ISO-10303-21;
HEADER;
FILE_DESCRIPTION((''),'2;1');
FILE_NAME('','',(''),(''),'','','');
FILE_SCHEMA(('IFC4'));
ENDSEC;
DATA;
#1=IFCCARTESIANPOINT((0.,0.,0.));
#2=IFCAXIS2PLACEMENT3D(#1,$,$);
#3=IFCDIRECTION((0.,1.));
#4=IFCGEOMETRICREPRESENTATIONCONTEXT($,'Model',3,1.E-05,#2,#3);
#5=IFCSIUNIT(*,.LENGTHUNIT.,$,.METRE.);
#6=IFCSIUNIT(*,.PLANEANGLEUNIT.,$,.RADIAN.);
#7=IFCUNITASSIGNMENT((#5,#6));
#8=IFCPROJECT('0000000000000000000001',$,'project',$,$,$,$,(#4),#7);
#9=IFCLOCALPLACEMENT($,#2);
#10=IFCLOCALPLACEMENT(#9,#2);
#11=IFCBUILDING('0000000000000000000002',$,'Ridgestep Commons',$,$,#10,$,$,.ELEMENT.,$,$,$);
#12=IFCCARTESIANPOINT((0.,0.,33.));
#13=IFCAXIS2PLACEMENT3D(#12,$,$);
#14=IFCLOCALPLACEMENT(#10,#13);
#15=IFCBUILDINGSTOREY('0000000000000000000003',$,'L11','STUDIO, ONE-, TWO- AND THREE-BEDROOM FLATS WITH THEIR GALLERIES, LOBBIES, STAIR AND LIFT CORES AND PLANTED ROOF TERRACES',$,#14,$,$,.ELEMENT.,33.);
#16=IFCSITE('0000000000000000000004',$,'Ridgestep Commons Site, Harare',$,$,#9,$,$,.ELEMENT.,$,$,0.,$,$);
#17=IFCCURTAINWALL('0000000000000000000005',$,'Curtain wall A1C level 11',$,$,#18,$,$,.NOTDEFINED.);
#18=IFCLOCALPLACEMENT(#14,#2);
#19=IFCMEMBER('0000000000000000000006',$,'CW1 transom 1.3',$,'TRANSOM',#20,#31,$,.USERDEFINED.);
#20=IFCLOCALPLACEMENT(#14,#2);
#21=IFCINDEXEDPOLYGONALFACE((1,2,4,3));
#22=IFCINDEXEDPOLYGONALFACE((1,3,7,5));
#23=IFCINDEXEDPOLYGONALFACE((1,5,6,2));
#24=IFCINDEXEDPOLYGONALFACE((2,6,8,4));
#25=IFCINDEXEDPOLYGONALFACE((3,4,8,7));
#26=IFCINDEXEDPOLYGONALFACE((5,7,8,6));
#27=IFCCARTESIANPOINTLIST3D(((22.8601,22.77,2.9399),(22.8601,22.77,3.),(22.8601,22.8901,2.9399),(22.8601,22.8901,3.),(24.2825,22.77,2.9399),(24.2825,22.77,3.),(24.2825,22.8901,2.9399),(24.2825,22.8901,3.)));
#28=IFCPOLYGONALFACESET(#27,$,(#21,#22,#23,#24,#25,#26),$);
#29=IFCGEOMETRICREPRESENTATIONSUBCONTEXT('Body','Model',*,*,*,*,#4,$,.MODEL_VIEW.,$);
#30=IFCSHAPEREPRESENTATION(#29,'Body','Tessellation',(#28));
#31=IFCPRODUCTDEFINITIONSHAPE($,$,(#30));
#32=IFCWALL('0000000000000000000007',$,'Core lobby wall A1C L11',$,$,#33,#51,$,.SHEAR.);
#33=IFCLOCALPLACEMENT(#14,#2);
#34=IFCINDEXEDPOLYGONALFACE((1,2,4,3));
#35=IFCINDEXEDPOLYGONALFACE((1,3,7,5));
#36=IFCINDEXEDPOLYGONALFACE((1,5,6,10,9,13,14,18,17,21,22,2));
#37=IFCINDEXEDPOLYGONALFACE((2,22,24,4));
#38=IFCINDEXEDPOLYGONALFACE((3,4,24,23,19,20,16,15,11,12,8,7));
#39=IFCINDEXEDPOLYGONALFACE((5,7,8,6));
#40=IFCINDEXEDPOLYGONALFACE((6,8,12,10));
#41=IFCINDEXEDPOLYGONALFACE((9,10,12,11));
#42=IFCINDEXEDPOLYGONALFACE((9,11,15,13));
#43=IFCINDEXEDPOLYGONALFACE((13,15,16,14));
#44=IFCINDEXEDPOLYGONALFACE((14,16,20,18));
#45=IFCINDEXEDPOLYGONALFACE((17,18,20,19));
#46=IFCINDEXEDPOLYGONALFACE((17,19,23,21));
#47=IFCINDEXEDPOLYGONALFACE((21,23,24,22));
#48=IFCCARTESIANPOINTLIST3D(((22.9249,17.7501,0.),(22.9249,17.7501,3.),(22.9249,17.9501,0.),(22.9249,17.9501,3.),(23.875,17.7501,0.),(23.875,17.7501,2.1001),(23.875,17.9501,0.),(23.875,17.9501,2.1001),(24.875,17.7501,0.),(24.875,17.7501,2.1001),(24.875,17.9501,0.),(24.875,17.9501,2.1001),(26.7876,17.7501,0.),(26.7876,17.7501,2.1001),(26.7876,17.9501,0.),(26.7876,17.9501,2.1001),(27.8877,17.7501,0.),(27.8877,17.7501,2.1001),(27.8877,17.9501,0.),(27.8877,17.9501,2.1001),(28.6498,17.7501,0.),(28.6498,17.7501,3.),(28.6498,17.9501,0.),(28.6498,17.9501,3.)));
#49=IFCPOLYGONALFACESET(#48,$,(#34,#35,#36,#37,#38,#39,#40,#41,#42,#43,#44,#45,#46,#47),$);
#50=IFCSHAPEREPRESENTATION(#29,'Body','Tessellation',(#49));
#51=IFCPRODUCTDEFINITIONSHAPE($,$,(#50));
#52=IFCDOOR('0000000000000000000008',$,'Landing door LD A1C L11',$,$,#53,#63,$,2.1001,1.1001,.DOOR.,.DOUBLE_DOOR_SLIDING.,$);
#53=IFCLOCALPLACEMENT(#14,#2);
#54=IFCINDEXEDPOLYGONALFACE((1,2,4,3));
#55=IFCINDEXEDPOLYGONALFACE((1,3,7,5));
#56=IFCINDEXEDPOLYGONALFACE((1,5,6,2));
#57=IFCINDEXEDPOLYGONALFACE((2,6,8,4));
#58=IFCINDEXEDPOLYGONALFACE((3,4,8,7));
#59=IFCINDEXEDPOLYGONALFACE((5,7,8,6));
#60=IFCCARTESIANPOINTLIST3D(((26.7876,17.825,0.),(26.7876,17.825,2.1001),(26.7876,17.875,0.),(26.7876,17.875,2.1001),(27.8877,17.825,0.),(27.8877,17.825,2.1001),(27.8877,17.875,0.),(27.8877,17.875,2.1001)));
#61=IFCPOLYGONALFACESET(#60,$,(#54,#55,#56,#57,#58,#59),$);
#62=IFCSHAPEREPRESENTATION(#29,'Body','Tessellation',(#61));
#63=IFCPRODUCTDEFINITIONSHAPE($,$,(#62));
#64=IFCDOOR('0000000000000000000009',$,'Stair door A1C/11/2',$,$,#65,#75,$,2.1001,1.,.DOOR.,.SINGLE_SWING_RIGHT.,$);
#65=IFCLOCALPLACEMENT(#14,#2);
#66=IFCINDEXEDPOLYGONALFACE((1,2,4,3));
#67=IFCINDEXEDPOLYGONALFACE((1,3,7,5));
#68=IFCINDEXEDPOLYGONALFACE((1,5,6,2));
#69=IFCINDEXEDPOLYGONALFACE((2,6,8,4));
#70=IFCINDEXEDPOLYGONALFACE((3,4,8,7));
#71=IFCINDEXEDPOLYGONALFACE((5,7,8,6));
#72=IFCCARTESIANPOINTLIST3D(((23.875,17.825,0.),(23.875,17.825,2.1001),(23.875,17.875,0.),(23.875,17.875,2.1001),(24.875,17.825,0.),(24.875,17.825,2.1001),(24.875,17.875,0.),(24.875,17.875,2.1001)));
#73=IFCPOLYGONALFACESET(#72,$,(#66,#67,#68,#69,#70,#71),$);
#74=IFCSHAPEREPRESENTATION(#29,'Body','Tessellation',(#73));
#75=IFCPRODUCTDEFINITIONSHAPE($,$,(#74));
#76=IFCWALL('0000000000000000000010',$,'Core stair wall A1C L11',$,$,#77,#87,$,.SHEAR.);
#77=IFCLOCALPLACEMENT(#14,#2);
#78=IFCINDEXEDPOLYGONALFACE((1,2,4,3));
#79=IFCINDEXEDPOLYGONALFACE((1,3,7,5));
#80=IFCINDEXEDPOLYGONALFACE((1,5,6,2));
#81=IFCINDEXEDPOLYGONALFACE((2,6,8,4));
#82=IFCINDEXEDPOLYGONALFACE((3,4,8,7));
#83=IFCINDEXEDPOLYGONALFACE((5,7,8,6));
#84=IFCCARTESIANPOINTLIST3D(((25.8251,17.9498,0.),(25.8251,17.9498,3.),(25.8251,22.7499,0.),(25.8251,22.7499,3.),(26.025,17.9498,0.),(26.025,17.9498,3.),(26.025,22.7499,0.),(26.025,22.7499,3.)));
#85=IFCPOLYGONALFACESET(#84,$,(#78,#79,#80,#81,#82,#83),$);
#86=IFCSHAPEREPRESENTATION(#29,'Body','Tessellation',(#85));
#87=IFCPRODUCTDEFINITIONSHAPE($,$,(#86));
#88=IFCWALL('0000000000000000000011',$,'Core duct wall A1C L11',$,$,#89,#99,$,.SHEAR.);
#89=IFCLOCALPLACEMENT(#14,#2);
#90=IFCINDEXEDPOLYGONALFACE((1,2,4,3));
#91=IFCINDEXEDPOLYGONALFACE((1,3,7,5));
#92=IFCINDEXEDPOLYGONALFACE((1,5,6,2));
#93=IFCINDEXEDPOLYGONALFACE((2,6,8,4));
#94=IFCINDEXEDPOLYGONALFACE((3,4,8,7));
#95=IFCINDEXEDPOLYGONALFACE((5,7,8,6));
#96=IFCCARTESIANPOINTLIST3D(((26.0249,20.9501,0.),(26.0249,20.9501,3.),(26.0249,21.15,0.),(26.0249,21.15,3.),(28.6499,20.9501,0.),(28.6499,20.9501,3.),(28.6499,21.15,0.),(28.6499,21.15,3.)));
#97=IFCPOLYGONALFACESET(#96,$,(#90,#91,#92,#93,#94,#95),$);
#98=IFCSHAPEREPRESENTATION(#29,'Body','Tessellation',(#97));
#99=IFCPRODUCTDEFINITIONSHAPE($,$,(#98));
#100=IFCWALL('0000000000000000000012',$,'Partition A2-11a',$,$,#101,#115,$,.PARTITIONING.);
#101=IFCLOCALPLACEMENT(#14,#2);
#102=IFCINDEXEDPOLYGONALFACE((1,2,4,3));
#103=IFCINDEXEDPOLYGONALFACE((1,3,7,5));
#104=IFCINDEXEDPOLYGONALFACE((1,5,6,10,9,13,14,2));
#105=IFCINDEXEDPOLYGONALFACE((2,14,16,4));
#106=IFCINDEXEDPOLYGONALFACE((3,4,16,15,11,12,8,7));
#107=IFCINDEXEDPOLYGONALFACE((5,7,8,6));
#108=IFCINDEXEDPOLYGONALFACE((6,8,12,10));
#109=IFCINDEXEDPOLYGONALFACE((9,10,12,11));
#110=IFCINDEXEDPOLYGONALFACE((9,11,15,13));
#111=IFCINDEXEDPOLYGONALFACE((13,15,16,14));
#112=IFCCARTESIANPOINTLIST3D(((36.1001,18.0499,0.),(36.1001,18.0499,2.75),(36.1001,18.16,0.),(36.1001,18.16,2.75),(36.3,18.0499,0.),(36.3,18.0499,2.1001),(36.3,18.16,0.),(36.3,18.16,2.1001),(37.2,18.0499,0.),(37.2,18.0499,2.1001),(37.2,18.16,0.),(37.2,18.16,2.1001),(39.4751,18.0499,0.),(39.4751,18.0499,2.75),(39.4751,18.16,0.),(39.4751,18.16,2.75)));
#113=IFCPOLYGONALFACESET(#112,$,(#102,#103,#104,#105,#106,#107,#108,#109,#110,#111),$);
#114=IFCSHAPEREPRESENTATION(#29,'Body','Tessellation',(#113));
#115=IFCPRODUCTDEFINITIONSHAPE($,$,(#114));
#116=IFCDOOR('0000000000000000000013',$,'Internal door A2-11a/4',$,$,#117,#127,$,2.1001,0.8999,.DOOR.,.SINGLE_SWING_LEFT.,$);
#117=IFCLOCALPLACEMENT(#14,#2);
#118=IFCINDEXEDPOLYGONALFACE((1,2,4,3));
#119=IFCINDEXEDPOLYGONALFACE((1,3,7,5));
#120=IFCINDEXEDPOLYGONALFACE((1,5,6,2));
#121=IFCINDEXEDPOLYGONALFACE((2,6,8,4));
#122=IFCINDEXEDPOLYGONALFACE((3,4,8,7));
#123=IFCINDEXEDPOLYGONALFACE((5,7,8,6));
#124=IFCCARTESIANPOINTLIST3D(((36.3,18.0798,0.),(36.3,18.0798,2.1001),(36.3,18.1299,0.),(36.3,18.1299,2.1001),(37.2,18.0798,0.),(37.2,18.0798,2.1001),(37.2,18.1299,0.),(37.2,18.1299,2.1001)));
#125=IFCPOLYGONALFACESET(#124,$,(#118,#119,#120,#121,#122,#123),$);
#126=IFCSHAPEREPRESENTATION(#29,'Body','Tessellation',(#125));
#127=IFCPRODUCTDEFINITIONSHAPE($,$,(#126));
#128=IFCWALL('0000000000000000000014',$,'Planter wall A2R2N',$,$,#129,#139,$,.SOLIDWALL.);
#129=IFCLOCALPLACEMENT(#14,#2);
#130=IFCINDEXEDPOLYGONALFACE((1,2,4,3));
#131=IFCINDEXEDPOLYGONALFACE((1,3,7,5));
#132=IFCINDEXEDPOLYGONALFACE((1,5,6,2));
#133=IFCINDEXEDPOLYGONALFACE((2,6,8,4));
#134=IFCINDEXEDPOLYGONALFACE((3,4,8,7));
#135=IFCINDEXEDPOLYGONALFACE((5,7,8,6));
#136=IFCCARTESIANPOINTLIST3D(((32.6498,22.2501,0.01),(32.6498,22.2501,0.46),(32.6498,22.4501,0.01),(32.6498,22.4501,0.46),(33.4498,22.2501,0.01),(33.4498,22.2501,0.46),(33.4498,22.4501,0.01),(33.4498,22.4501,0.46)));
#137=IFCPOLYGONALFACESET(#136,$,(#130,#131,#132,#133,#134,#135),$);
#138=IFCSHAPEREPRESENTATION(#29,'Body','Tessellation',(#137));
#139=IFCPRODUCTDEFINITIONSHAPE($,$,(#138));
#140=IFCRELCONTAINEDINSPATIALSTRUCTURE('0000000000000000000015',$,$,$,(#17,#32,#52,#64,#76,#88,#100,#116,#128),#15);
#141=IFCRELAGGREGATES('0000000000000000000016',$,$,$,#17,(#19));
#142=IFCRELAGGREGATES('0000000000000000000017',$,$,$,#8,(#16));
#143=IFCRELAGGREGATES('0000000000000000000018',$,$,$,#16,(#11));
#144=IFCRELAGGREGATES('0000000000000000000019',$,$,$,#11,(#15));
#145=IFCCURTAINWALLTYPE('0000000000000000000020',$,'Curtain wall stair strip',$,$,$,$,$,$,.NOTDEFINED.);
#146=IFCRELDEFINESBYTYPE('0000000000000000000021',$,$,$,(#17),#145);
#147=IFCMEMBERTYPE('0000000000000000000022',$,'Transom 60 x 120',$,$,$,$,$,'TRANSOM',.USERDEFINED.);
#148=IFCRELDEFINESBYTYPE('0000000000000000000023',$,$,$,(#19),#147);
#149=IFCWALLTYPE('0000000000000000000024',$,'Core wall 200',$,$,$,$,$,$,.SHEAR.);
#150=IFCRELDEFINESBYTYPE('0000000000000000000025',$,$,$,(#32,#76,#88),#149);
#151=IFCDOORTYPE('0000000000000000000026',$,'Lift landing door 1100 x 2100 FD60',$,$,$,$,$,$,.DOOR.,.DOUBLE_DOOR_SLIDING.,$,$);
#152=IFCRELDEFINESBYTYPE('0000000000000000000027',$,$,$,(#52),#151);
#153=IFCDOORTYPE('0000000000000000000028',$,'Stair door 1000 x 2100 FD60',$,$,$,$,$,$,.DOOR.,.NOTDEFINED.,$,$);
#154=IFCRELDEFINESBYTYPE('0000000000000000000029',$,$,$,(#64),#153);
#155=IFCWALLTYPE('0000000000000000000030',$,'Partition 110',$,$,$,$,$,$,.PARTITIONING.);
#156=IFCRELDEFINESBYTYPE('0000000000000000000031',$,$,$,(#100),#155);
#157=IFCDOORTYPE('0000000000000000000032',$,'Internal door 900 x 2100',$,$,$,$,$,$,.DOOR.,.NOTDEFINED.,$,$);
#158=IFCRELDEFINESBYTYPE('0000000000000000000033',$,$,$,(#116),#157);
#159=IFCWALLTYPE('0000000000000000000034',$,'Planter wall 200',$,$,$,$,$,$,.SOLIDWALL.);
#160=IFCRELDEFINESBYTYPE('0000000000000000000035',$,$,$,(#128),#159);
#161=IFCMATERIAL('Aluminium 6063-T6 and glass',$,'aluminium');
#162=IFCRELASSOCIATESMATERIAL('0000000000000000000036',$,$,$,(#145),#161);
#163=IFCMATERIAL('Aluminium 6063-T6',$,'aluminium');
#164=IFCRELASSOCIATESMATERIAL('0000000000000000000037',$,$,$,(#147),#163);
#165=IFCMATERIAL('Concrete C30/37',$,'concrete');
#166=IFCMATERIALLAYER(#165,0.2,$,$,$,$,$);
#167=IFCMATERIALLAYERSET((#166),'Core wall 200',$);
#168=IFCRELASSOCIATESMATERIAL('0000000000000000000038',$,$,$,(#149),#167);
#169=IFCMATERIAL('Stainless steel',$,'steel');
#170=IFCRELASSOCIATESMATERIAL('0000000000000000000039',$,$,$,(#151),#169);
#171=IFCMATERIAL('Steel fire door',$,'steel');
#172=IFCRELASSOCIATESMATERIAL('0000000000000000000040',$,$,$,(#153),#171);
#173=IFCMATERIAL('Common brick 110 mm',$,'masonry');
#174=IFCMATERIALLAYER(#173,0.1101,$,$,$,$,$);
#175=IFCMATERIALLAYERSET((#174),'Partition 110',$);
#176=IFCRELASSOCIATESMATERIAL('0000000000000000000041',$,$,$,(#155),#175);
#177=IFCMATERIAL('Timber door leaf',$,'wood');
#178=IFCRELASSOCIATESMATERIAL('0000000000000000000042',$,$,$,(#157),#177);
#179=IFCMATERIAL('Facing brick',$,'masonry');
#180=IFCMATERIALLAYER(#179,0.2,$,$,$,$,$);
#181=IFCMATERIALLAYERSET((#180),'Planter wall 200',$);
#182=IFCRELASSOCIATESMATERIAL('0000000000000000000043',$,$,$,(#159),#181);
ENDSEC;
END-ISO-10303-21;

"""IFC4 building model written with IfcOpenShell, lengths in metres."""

from ifc_helpers import new_model, si_unit, direction, frame, frame_2d, origin, origin_2d, place, context, subcontext, project, spatial, rectangle, extrude, material, layer, layer_set, material_profile, profile_set, type_object, element, fill, aggregate, save


model = new_model("IFC4")

# Units and contexts
model_context = context("Model", 3, precision=1e-05, world=origin(), true_north=direction((0.0, 1.0)))
body_context = subcontext(model_context, "Body", "Model", "MODEL_VIEW")
ifc_project = project(units=[si_unit("LENGTHUNIT", "METRE"), si_unit("PLANEANGLEUNIT", "RADIAN")], contexts=[model_context])

# Site, building, storey
site_placement = place(None, origin())
site = spatial("IfcSite", under=ifc_project, at=site_placement, Name="Ridgestep Commons Site, Harare", CompositionType="ELEMENT", RefElevation=0.0)
building_placement = place(site_placement, origin())
building = spatial("IfcBuilding", under=site, at=building_placement, Name="Ridgestep Commons", CompositionType="ELEMENT")
storey_placement = place(building_placement, frame((0.0, 0.0, 33.0)))
storey = spatial("IfcBuildingStorey", under=building, at=storey_placement, Name="L11", Description="STUDIO, ONE-, TWO- AND THREE-BEDROOM FLATS WITH THEIR GALLERIES, LOBBIES, STAIR AND LIFT CORES AND PLANTED ROOF TERRACES", CompositionType="ELEMENT", Elevation=33.0)

# Curtain wall, member
ifc_material_1 = material(Name="Aluminium 6063-T6 and glass", Category="aluminium")
curtain_wall_type = type_object("IfcCurtainWallType", Name="Curtain wall stair strip", PredefinedType="NOTDEFINED", material=ifc_material_1)
curtain_wall_placement = place(storey_placement, origin())
curtain_wall = element("IfcCurtainWall", 1, at=curtain_wall_placement, inside=storey, type_object=curtain_wall_type, Name="Curtain wall A1C level 11", PredefinedType="NOTDEFINED")
ifc_material_2 = material(Name="Aluminium 6063-T6", Category="aluminium")
ifc_material_profile = material_profile(ifc_material_2, rectangle(XDim=0.1201, YDim=0.0601, at=origin_2d()), Name="Transom 60 x 120")
ifc_profile_set = profile_set([ifc_material_profile], Name="Aluminium 6063-T6")
member_type = type_object("IfcMemberType", Name="Transom 60 x 120", ElementType="TRANSOM", PredefinedType="USERDEFINED", material=ifc_profile_set)
member_placement = place(storey_placement, frame((22.8601, 22.8301, 2.97), z_axis=(1.0, 0.0, 0.0), x_axis=(0.0, 1.0, 0.0)))
member = element("IfcMember", 2, at=member_placement, type_object=member_type, Name="CW1 transom 1.3", ObjectType="TRANSOM", PredefinedType="USERDEFINED", context=body_context, shape_type="SweptSolid", body=[
    extrude(rectangle(XDim=0.1201, YDim=0.0601, at=origin_2d()), origin(), (0.0, 0.0, 1.0), 1.4224),
])
aggregate(curtain_wall, [member])

# Wall, openings, doors
ifc_material_3 = material(Name="Concrete C30/37", Category="concrete")
ifc_layer_1 = layer(ifc_material_3, 0.2)
ifc_layer_set_1 = layer_set([ifc_layer_1], Name="Core wall 200")
wall_type_1 = type_object("IfcWallType", Name="Core wall 200", PredefinedType="SHEAR", material=ifc_layer_set_1)
wall_1_placement = place(storey_placement, frame((22.925, 17.8501, 0.0), z_axis=(0.0, 0.0, 1.0), x_axis=(1.0, 0.0, 0.0)))
wall_1 = element("IfcWall", 3, at=wall_1_placement, inside=storey, type_object=wall_type_1, Name="Core lobby wall A1C L11", PredefinedType="SHEAR", context=body_context, shape_type="SweptSolid", body=[
    extrude(rectangle(XDim=5.7249, YDim=0.2, at=frame_2d((2.8623, 0.0))), origin(), (0.0, 0.0, 1.0), 3.0),
])
opening_1_placement = place(wall_1_placement, frame((0.95, 0.0, 0.0)))
opening_1 = element("IfcOpeningElement", 4, at=opening_1_placement, cuts=wall_1, PredefinedType="OPENING", context=body_context, shape_type="SweptSolid", body=[
    extrude(rectangle(XDim=1.0, YDim=2.1001, at=frame_2d((0.5, 1.05))), frame((0.0, 0.1099, 0.0), z_axis=(0.0, -1.0, 0.0), x_axis=(1.0, 0.0, 0.0)), (0.0, 0.0, 1.0), 0.22),
])
opening_2_placement = place(wall_1_placement, frame((3.8625, 0.0, 0.0)))
opening_2 = element("IfcOpeningElement", 5, at=opening_2_placement, cuts=wall_1, PredefinedType="OPENING", context=body_context, shape_type="SweptSolid", body=[
    extrude(rectangle(XDim=1.1001, YDim=2.1001, at=frame_2d((0.55, 1.05))), frame((0.0, 0.1099, 0.0), z_axis=(0.0, -1.0, 0.0), x_axis=(1.0, 0.0, 0.0)), (0.0, 0.0, 1.0), 0.22),
])
ifc_material_4 = material(Name="Stainless steel", Category="steel")
door_type_1 = type_object("IfcDoorType", Name="Lift landing door 1100 x 2100 FD60", OperationType="DOUBLE_DOOR_SLIDING", PredefinedType="DOOR", material=ifc_material_4)
door_1_placement = place(opening_2_placement, origin())
door_1 = element("IfcDoor", 6, at=door_1_placement, inside=storey, type_object=door_type_1, Name="Landing door LD A1C L11", OperationType="DOUBLE_DOOR_SLIDING", OverallHeight=2.1001, OverallWidth=1.1001, PredefinedType="DOOR", context=body_context, shape_type="SweptSolid", body=[
    extrude(rectangle(XDim=1.1001, YDim=2.1001, at=frame_2d((0.55, 1.05))), frame((0.0, 0.0249, 0.0), z_axis=(0.0, -1.0, 0.0), x_axis=(1.0, 0.0, 0.0)), (0.0, 0.0, 1.0), 0.05),
])
fill(opening_2, door_1)
ifc_material_5 = material(Name="Steel fire door", Category="steel")
door_type_2 = type_object("IfcDoorType", Name="Stair door 1000 x 2100 FD60", OperationType="NOTDEFINED", PredefinedType="DOOR", material=ifc_material_5)
door_2_placement = place(opening_1_placement, origin())
door_2 = element("IfcDoor", 7, at=door_2_placement, inside=storey, type_object=door_type_2, Name="Stair door A1C/11/2", OperationType="SINGLE_SWING_RIGHT", OverallHeight=2.1001, OverallWidth=1.0, PredefinedType="DOOR", context=body_context, shape_type="SweptSolid", body=[
    extrude(rectangle(XDim=1.0, YDim=2.1001, at=frame_2d((0.5, 1.05))), frame((0.0, 0.0249, 0.0), z_axis=(0.0, -1.0, 0.0), x_axis=(1.0, 0.0, 0.0)), (0.0, 0.0, 1.0), 0.05),
])
fill(opening_1, door_2)

# Walls
wall_2_placement = place(storey_placement, frame((25.925, 17.95, 0.0), z_axis=(0.0, 0.0, 1.0), x_axis=(0.0, 1.0, 0.0)))
element("IfcWall", 8, at=wall_2_placement, inside=storey, type_object=wall_type_1, Name="Core stair wall A1C L11", PredefinedType="SHEAR", context=body_context, shape_type="SweptSolid", body=[
    extrude(rectangle(XDim=4.8, YDim=0.2, at=frame_2d((2.3999, 0.0))), origin(), (0.0, 0.0, 1.0), 3.0),
])
wall_3_placement = place(storey_placement, frame((26.0249, 21.05, 0.0), z_axis=(0.0, 0.0, 1.0), x_axis=(1.0, 0.0, 0.0)))
element("IfcWall", 9, at=wall_3_placement, inside=storey, type_object=wall_type_1, Name="Core duct wall A1C L11", PredefinedType="SHEAR", context=body_context, shape_type="SweptSolid", body=[
    extrude(rectangle(XDim=2.625, YDim=0.2, at=frame_2d((1.3125, 0.0))), origin(), (0.0, 0.0, 1.0), 3.0),
])

# Wall, opening, door
ifc_material_6 = material(Name="Common brick 110 mm", Category="masonry")
ifc_layer_2 = layer(ifc_material_6, 0.1101)
ifc_layer_set_2 = layer_set([ifc_layer_2], Name="Partition 110")
wall_type_2 = type_object("IfcWallType", Name="Partition 110", PredefinedType="PARTITIONING", material=ifc_layer_set_2)
wall_4_placement = place(storey_placement, frame((36.1001, 18.105, 0.0), z_axis=(0.0, 0.0, 1.0), x_axis=(1.0, 0.0, 0.0)))
wall_4 = element("IfcWall", 10, at=wall_4_placement, inside=storey, type_object=wall_type_2, Name="Partition A2-11a", PredefinedType="PARTITIONING", context=body_context, shape_type="SweptSolid", body=[
    extrude(rectangle(XDim=3.375, YDim=0.1101, at=frame_2d((1.6875, 0.0))), origin(), (0.0, 0.0, 1.0), 2.75),
])
opening_3_placement = place(wall_4_placement, frame((0.2, 0.0, 0.0)))
opening_3 = element("IfcOpeningElement", 11, at=opening_3_placement, cuts=wall_4, PredefinedType="OPENING", context=body_context, shape_type="SweptSolid", body=[
    extrude(rectangle(XDim=0.8999, YDim=2.1001, at=frame_2d((0.45, 1.05))), frame((0.0, 0.0649, 0.0), z_axis=(0.0, -1.0, 0.0), x_axis=(1.0, 0.0, 0.0)), (0.0, 0.0, 1.0), 0.1301),
])
ifc_material_7 = material(Name="Timber door leaf", Category="wood")
door_type_3 = type_object("IfcDoorType", Name="Internal door 900 x 2100", OperationType="NOTDEFINED", PredefinedType="DOOR", material=ifc_material_7)
door_3_placement = place(opening_3_placement, origin())
door_3 = element("IfcDoor", 12, at=door_3_placement, inside=storey, type_object=door_type_3, Name="Internal door A2-11a/4", OperationType="SINGLE_SWING_LEFT", OverallHeight=2.1001, OverallWidth=0.8999, PredefinedType="DOOR", context=body_context, shape_type="SweptSolid", body=[
    extrude(rectangle(XDim=0.8999, YDim=2.1001, at=frame_2d((0.45, 1.05))), frame((0.0, 0.0249, 0.0), z_axis=(0.0, -1.0, 0.0), x_axis=(1.0, 0.0, 0.0)), (0.0, 0.0, 1.0), 0.05),
])
fill(opening_3, door_3)

# Wall
ifc_material_8 = material(Name="Facing brick", Category="masonry")
ifc_layer_3 = layer(ifc_material_8, 0.2)
ifc_layer_set_3 = layer_set([ifc_layer_3], Name="Planter wall 200")
wall_type_3 = type_object("IfcWallType", Name="Planter wall 200", PredefinedType="SOLIDWALL", material=ifc_layer_set_3)
wall_5_placement = place(storey_placement, frame((32.6499, 22.3501, 0.01), z_axis=(0.0, 0.0, 1.0), x_axis=(1.0, 0.0, 0.0)))
element("IfcWall", 13, at=wall_5_placement, inside=storey, type_object=wall_type_3, Name="Planter wall A2R2N", PredefinedType="SOLIDWALL", context=body_context, shape_type="SweptSolid", body=[
    extrude(rectangle(XDim=0.8, YDim=0.2, at=frame_2d((0.3999, 0.0))), origin(), (0.0, 0.0, 1.0), 0.45),
])

save(model, "model.ifc")
